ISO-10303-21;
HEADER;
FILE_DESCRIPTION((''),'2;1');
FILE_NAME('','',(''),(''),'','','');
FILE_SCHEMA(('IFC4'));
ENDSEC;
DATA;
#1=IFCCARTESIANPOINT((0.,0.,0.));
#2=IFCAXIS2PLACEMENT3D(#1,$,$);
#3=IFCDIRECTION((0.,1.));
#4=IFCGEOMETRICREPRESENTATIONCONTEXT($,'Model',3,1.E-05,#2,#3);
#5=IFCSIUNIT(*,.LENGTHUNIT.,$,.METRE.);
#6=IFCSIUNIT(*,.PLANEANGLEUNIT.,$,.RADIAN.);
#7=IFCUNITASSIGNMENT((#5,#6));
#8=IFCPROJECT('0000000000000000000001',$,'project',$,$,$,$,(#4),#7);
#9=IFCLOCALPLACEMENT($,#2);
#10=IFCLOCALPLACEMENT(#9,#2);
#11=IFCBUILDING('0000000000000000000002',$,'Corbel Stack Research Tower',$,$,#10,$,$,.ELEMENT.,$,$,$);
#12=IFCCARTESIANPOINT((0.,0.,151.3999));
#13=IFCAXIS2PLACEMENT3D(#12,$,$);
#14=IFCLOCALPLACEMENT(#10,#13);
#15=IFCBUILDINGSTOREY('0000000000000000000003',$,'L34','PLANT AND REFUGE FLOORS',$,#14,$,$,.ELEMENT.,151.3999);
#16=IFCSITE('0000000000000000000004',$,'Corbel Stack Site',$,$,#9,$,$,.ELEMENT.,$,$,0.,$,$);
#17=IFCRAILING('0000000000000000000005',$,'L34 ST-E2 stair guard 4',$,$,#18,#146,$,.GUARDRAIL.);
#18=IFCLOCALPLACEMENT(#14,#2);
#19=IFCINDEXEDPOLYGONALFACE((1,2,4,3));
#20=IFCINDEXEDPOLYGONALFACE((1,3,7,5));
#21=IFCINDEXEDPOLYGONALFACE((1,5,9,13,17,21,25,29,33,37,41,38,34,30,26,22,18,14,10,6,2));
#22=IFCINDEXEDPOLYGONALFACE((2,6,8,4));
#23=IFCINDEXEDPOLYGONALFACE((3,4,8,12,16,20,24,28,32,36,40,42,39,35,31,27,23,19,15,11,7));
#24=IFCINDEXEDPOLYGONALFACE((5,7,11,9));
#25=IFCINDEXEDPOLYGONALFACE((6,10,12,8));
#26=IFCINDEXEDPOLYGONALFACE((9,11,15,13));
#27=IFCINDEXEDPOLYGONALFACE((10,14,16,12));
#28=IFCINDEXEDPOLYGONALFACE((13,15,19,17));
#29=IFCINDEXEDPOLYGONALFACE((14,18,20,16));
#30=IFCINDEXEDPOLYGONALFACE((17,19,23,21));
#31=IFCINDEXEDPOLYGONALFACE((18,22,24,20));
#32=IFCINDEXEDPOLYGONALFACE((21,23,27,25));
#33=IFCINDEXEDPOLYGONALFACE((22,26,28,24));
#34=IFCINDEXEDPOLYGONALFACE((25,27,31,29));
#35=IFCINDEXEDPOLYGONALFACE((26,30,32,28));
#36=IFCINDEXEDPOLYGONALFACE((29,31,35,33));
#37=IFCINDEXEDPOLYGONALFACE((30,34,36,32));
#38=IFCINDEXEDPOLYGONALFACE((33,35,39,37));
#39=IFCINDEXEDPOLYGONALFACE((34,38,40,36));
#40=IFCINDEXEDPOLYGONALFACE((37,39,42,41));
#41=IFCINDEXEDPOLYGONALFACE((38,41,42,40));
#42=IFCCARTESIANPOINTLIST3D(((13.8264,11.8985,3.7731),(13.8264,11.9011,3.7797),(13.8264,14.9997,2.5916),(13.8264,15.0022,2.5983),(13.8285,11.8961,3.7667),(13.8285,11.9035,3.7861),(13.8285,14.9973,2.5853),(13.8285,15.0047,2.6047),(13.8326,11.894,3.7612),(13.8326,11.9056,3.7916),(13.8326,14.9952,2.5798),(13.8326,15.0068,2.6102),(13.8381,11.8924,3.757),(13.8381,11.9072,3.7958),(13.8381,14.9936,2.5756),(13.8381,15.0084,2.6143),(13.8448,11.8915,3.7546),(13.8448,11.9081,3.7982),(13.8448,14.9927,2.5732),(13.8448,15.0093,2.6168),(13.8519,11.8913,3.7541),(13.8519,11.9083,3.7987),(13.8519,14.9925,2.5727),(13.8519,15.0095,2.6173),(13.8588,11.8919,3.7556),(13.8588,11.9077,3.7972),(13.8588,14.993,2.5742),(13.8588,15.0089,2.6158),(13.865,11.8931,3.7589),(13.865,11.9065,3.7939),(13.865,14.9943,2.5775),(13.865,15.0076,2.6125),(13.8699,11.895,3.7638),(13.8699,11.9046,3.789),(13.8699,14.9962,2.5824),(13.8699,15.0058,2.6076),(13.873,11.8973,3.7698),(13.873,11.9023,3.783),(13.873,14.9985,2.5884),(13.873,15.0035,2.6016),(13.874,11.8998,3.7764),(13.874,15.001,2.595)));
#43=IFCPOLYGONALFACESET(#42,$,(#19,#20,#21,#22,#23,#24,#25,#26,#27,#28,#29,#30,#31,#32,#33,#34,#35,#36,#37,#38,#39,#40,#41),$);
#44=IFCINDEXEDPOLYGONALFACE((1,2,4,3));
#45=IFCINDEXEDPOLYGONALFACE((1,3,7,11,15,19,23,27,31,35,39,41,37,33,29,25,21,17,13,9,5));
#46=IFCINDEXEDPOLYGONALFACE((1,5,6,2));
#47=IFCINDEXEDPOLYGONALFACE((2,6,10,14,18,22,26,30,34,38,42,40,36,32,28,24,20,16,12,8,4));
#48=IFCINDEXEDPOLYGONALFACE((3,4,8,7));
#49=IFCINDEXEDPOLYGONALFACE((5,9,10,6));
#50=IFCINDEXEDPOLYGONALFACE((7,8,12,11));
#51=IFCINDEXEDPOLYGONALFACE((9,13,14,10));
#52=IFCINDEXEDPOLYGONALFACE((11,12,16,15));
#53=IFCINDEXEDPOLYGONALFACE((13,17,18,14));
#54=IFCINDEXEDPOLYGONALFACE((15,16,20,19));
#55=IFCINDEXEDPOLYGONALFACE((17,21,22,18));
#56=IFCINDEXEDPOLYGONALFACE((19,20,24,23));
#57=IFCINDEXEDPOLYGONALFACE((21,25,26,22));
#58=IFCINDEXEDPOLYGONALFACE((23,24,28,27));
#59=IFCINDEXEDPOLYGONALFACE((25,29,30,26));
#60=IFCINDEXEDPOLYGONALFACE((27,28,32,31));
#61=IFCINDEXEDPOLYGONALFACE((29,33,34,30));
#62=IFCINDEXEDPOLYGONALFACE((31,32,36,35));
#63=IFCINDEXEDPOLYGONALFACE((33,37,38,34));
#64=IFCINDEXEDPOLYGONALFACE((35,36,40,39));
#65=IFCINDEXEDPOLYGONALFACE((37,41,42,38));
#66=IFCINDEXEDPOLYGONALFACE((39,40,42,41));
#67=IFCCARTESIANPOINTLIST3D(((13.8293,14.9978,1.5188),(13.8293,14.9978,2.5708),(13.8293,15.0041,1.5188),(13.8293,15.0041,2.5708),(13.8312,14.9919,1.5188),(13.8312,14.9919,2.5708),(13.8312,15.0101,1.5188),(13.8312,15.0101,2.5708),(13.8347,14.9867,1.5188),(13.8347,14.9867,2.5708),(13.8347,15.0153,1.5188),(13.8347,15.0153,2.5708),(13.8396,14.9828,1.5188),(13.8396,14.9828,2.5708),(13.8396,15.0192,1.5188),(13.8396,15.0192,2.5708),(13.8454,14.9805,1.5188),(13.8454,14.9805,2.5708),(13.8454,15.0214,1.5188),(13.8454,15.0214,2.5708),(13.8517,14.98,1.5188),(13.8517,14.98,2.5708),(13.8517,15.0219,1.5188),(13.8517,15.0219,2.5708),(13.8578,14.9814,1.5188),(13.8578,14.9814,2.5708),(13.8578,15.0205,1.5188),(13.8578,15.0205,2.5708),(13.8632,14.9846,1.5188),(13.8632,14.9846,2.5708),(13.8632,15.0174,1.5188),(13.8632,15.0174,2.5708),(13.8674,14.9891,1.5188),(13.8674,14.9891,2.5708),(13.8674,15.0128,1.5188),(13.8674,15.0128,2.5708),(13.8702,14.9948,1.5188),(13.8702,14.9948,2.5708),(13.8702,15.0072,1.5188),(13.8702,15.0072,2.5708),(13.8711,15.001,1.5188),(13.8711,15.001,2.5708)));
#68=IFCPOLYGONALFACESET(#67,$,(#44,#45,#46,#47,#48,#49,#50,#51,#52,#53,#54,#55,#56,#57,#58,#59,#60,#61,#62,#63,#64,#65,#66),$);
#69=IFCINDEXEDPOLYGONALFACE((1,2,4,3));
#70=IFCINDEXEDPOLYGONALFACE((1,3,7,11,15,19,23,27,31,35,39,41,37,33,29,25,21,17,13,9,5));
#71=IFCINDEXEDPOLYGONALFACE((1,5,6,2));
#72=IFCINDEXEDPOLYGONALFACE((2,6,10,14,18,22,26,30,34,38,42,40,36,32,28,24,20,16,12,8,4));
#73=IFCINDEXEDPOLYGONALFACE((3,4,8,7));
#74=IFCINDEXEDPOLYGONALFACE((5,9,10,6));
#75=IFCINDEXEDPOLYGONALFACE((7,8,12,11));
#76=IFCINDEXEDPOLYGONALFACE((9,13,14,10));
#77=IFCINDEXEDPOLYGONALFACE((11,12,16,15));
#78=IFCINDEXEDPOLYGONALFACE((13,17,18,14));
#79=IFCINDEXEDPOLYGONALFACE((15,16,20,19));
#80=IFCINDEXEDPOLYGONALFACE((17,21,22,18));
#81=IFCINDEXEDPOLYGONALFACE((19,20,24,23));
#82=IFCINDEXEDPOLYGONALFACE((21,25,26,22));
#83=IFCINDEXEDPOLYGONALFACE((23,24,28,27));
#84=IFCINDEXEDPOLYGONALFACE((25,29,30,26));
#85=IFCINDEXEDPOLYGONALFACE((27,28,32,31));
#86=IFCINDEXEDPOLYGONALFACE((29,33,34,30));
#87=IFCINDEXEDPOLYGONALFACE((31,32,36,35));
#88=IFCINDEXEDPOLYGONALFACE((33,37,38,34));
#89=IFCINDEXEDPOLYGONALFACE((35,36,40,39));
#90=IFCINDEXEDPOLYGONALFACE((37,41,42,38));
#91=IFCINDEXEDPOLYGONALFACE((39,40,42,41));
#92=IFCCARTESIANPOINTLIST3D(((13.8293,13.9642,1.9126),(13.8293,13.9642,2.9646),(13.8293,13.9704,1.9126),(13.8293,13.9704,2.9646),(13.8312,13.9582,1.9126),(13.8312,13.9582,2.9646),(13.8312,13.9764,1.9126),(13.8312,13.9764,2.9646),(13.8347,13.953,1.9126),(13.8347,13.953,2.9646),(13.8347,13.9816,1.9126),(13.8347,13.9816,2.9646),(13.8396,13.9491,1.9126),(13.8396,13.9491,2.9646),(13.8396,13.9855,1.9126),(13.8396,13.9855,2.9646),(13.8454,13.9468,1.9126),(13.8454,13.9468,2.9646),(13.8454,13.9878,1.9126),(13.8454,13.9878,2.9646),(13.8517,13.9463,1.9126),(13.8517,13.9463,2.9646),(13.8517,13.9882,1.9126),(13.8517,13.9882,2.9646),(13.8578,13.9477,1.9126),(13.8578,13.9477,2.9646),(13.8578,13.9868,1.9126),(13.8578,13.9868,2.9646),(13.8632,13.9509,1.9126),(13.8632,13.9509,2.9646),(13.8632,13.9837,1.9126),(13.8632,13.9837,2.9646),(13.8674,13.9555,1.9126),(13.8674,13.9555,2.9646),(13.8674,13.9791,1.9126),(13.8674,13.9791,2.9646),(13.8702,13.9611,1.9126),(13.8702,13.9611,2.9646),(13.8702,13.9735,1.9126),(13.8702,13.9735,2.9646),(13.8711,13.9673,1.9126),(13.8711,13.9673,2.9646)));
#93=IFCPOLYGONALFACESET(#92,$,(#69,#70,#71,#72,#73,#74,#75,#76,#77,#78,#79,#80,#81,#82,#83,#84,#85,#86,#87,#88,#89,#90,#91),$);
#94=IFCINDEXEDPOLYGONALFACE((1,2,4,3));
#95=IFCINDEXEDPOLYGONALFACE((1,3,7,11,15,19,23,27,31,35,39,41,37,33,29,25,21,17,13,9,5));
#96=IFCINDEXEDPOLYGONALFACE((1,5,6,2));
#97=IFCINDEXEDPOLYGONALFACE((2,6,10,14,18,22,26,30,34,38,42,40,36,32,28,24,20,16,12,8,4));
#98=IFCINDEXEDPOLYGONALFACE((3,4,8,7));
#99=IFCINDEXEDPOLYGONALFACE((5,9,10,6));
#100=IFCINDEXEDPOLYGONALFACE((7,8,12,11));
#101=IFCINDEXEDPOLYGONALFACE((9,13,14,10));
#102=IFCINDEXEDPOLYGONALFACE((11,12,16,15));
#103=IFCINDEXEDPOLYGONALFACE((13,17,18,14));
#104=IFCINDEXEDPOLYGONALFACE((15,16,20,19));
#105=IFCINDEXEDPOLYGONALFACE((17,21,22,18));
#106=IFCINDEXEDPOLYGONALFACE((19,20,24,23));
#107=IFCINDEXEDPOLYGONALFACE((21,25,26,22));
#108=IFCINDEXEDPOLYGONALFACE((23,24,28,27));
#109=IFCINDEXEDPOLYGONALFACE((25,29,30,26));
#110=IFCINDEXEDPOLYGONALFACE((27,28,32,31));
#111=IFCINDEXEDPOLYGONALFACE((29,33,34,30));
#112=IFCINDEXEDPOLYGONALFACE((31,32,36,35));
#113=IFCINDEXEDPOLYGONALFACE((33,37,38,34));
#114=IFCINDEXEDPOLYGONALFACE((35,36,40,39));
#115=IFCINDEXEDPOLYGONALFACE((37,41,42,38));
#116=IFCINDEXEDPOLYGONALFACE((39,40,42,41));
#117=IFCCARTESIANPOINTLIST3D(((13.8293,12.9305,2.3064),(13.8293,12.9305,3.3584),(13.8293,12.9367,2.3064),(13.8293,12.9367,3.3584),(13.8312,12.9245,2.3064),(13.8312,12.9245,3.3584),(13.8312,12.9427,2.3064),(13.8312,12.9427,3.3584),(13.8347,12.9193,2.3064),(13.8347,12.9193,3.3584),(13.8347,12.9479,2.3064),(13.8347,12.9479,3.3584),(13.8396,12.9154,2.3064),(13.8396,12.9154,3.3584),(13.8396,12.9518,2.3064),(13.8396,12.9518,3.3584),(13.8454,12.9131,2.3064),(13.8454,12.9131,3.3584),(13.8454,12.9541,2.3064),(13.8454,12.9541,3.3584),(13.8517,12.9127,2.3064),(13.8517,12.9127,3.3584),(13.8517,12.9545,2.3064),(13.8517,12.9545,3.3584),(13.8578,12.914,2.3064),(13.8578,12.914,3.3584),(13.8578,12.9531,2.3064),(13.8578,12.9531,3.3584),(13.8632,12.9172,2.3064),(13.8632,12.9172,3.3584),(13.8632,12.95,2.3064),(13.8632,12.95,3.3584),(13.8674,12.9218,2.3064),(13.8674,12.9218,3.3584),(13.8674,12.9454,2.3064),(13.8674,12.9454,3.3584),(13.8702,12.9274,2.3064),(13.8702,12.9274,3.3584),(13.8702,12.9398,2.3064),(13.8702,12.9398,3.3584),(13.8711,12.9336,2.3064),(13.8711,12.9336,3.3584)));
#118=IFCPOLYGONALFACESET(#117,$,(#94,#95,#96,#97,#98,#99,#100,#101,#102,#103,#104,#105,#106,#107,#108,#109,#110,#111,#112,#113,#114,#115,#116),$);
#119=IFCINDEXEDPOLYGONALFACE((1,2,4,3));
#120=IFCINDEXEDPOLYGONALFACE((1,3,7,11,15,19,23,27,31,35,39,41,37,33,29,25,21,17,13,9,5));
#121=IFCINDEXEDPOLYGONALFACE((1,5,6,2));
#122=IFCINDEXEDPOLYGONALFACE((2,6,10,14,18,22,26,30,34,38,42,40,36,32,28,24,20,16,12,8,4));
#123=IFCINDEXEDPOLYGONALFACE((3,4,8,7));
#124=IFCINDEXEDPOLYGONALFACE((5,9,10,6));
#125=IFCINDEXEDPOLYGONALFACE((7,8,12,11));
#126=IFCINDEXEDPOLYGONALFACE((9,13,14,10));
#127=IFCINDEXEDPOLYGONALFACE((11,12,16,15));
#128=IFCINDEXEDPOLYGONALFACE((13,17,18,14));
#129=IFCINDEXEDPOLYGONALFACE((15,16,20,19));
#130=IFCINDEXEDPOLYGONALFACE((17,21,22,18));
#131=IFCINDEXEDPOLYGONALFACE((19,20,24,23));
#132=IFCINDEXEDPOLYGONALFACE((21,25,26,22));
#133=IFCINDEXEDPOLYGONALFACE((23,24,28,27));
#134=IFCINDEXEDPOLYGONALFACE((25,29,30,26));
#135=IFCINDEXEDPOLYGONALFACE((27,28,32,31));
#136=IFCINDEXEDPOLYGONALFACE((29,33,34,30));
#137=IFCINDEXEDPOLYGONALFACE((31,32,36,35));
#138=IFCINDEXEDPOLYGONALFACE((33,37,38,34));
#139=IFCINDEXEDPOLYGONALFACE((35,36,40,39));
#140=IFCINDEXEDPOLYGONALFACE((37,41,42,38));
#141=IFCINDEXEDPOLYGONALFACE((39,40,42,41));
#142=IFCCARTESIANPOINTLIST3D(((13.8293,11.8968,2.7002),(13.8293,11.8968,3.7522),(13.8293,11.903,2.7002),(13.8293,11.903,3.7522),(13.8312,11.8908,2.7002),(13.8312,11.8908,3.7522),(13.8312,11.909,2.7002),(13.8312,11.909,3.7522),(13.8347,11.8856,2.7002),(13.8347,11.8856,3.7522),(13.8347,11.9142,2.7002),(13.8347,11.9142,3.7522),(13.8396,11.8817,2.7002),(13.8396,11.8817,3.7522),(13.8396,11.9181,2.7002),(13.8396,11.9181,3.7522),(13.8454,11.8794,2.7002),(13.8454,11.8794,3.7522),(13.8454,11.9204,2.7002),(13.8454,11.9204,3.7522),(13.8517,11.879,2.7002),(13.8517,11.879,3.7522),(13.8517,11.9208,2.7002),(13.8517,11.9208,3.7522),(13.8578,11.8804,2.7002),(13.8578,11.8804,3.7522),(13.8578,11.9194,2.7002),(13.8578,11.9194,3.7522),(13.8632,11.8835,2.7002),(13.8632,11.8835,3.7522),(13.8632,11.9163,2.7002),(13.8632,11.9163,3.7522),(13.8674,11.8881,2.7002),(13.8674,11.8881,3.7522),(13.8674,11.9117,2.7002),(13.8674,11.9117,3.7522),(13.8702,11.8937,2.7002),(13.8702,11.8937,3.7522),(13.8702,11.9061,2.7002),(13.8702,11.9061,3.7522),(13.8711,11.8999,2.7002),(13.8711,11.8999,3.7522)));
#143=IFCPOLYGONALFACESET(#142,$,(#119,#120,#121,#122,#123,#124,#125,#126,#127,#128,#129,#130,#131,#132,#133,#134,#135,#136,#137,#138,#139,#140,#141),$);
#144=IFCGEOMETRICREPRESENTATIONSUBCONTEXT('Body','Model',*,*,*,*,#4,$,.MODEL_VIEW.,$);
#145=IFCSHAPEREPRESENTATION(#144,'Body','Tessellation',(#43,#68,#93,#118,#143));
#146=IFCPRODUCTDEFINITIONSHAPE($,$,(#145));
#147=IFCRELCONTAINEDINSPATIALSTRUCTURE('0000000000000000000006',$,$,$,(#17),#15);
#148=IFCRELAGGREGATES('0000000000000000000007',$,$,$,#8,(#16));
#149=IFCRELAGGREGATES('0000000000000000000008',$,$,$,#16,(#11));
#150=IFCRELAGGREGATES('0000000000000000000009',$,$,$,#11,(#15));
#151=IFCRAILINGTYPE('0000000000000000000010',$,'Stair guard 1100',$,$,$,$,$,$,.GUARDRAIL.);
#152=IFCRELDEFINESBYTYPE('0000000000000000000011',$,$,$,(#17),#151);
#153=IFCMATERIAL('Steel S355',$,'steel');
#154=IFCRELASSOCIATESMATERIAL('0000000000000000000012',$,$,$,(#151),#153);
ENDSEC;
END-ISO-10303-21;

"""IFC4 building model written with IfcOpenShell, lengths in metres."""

from ifc_helpers import new_model, si_unit, direction, frame, origin, origin_2d, place, context, subcontext, project, spatial, circle, extrude, material, type_object, element, save


model = new_model("IFC4")

# Units and contexts
model_context = context("Model", 3, precision=1e-05, world=origin(), true_north=direction((0.0, 1.0)))
body_context = subcontext(model_context, "Body", "Model", "MODEL_VIEW")
ifc_project = project(units=[si_unit("LENGTHUNIT", "METRE"), si_unit("PLANEANGLEUNIT", "RADIAN")], contexts=[model_context])

# Site, building, storey
site_placement = place(None, origin())
site = spatial("IfcSite", under=ifc_project, at=site_placement, Name="Corbel Stack Site", CompositionType="ELEMENT", RefElevation=0.0)
building_placement = place(site_placement, origin())
building = spatial("IfcBuilding", under=site, at=building_placement, Name="Corbel Stack Research Tower", CompositionType="ELEMENT")
storey_placement = place(building_placement, frame((0.0, 0.0, 151.3999)))
storey = spatial("IfcBuildingStorey", under=building, at=storey_placement, Name="L34", Description="PLANT AND REFUGE FLOORS", CompositionType="ELEMENT", Elevation=151.3999)

# Railing
ifc_material_1 = material(Name="Steel S355", Category="steel")
railing_type_1 = type_object("IfcRailingType", Name="Stair guard 1100", PredefinedType="GUARDRAIL", material=ifc_material_1)
railing_1_placement = place(storey_placement, frame((13.8501, 15.001, 1.5188)))
element("IfcRailing", 1, at=railing_1_placement, inside=storey, type_object=railing_type_1, Name="L34 ST-E2 stair guard 4", PredefinedType="GUARDRAIL", context=body_context, shape_type="SweptSolid", body=[
    extrude(circle(Radius=0.0239, at=origin_2d()), frame((0.0, 0.0, 1.0762), z_axis=(0.0, -0.934484, 0.356005), x_axis=(1.0, 0.0, 0.0)), (0.0, 0.0, 1.0), 3.3186),
    extrude(circle(Radius=0.021, at=origin_2d()), origin(), (0.0, 0.0, 1.0), 1.052),
    extrude(circle(Radius=0.021, at=origin_2d()), frame((0.0, -1.0337, 0.3938)), (0.0, 0.0, 1.0), 1.052),
    extrude(circle(Radius=0.021, at=origin_2d()), frame((0.0, -2.0674, 0.7876)), (0.0, 0.0, 1.0), 1.052),
    extrude(circle(Radius=0.021, at=origin_2d()), frame((0.0, -3.1011, 1.1814)), (0.0, 0.0, 1.0), 1.052),
])

save(model, "model.ifc")
